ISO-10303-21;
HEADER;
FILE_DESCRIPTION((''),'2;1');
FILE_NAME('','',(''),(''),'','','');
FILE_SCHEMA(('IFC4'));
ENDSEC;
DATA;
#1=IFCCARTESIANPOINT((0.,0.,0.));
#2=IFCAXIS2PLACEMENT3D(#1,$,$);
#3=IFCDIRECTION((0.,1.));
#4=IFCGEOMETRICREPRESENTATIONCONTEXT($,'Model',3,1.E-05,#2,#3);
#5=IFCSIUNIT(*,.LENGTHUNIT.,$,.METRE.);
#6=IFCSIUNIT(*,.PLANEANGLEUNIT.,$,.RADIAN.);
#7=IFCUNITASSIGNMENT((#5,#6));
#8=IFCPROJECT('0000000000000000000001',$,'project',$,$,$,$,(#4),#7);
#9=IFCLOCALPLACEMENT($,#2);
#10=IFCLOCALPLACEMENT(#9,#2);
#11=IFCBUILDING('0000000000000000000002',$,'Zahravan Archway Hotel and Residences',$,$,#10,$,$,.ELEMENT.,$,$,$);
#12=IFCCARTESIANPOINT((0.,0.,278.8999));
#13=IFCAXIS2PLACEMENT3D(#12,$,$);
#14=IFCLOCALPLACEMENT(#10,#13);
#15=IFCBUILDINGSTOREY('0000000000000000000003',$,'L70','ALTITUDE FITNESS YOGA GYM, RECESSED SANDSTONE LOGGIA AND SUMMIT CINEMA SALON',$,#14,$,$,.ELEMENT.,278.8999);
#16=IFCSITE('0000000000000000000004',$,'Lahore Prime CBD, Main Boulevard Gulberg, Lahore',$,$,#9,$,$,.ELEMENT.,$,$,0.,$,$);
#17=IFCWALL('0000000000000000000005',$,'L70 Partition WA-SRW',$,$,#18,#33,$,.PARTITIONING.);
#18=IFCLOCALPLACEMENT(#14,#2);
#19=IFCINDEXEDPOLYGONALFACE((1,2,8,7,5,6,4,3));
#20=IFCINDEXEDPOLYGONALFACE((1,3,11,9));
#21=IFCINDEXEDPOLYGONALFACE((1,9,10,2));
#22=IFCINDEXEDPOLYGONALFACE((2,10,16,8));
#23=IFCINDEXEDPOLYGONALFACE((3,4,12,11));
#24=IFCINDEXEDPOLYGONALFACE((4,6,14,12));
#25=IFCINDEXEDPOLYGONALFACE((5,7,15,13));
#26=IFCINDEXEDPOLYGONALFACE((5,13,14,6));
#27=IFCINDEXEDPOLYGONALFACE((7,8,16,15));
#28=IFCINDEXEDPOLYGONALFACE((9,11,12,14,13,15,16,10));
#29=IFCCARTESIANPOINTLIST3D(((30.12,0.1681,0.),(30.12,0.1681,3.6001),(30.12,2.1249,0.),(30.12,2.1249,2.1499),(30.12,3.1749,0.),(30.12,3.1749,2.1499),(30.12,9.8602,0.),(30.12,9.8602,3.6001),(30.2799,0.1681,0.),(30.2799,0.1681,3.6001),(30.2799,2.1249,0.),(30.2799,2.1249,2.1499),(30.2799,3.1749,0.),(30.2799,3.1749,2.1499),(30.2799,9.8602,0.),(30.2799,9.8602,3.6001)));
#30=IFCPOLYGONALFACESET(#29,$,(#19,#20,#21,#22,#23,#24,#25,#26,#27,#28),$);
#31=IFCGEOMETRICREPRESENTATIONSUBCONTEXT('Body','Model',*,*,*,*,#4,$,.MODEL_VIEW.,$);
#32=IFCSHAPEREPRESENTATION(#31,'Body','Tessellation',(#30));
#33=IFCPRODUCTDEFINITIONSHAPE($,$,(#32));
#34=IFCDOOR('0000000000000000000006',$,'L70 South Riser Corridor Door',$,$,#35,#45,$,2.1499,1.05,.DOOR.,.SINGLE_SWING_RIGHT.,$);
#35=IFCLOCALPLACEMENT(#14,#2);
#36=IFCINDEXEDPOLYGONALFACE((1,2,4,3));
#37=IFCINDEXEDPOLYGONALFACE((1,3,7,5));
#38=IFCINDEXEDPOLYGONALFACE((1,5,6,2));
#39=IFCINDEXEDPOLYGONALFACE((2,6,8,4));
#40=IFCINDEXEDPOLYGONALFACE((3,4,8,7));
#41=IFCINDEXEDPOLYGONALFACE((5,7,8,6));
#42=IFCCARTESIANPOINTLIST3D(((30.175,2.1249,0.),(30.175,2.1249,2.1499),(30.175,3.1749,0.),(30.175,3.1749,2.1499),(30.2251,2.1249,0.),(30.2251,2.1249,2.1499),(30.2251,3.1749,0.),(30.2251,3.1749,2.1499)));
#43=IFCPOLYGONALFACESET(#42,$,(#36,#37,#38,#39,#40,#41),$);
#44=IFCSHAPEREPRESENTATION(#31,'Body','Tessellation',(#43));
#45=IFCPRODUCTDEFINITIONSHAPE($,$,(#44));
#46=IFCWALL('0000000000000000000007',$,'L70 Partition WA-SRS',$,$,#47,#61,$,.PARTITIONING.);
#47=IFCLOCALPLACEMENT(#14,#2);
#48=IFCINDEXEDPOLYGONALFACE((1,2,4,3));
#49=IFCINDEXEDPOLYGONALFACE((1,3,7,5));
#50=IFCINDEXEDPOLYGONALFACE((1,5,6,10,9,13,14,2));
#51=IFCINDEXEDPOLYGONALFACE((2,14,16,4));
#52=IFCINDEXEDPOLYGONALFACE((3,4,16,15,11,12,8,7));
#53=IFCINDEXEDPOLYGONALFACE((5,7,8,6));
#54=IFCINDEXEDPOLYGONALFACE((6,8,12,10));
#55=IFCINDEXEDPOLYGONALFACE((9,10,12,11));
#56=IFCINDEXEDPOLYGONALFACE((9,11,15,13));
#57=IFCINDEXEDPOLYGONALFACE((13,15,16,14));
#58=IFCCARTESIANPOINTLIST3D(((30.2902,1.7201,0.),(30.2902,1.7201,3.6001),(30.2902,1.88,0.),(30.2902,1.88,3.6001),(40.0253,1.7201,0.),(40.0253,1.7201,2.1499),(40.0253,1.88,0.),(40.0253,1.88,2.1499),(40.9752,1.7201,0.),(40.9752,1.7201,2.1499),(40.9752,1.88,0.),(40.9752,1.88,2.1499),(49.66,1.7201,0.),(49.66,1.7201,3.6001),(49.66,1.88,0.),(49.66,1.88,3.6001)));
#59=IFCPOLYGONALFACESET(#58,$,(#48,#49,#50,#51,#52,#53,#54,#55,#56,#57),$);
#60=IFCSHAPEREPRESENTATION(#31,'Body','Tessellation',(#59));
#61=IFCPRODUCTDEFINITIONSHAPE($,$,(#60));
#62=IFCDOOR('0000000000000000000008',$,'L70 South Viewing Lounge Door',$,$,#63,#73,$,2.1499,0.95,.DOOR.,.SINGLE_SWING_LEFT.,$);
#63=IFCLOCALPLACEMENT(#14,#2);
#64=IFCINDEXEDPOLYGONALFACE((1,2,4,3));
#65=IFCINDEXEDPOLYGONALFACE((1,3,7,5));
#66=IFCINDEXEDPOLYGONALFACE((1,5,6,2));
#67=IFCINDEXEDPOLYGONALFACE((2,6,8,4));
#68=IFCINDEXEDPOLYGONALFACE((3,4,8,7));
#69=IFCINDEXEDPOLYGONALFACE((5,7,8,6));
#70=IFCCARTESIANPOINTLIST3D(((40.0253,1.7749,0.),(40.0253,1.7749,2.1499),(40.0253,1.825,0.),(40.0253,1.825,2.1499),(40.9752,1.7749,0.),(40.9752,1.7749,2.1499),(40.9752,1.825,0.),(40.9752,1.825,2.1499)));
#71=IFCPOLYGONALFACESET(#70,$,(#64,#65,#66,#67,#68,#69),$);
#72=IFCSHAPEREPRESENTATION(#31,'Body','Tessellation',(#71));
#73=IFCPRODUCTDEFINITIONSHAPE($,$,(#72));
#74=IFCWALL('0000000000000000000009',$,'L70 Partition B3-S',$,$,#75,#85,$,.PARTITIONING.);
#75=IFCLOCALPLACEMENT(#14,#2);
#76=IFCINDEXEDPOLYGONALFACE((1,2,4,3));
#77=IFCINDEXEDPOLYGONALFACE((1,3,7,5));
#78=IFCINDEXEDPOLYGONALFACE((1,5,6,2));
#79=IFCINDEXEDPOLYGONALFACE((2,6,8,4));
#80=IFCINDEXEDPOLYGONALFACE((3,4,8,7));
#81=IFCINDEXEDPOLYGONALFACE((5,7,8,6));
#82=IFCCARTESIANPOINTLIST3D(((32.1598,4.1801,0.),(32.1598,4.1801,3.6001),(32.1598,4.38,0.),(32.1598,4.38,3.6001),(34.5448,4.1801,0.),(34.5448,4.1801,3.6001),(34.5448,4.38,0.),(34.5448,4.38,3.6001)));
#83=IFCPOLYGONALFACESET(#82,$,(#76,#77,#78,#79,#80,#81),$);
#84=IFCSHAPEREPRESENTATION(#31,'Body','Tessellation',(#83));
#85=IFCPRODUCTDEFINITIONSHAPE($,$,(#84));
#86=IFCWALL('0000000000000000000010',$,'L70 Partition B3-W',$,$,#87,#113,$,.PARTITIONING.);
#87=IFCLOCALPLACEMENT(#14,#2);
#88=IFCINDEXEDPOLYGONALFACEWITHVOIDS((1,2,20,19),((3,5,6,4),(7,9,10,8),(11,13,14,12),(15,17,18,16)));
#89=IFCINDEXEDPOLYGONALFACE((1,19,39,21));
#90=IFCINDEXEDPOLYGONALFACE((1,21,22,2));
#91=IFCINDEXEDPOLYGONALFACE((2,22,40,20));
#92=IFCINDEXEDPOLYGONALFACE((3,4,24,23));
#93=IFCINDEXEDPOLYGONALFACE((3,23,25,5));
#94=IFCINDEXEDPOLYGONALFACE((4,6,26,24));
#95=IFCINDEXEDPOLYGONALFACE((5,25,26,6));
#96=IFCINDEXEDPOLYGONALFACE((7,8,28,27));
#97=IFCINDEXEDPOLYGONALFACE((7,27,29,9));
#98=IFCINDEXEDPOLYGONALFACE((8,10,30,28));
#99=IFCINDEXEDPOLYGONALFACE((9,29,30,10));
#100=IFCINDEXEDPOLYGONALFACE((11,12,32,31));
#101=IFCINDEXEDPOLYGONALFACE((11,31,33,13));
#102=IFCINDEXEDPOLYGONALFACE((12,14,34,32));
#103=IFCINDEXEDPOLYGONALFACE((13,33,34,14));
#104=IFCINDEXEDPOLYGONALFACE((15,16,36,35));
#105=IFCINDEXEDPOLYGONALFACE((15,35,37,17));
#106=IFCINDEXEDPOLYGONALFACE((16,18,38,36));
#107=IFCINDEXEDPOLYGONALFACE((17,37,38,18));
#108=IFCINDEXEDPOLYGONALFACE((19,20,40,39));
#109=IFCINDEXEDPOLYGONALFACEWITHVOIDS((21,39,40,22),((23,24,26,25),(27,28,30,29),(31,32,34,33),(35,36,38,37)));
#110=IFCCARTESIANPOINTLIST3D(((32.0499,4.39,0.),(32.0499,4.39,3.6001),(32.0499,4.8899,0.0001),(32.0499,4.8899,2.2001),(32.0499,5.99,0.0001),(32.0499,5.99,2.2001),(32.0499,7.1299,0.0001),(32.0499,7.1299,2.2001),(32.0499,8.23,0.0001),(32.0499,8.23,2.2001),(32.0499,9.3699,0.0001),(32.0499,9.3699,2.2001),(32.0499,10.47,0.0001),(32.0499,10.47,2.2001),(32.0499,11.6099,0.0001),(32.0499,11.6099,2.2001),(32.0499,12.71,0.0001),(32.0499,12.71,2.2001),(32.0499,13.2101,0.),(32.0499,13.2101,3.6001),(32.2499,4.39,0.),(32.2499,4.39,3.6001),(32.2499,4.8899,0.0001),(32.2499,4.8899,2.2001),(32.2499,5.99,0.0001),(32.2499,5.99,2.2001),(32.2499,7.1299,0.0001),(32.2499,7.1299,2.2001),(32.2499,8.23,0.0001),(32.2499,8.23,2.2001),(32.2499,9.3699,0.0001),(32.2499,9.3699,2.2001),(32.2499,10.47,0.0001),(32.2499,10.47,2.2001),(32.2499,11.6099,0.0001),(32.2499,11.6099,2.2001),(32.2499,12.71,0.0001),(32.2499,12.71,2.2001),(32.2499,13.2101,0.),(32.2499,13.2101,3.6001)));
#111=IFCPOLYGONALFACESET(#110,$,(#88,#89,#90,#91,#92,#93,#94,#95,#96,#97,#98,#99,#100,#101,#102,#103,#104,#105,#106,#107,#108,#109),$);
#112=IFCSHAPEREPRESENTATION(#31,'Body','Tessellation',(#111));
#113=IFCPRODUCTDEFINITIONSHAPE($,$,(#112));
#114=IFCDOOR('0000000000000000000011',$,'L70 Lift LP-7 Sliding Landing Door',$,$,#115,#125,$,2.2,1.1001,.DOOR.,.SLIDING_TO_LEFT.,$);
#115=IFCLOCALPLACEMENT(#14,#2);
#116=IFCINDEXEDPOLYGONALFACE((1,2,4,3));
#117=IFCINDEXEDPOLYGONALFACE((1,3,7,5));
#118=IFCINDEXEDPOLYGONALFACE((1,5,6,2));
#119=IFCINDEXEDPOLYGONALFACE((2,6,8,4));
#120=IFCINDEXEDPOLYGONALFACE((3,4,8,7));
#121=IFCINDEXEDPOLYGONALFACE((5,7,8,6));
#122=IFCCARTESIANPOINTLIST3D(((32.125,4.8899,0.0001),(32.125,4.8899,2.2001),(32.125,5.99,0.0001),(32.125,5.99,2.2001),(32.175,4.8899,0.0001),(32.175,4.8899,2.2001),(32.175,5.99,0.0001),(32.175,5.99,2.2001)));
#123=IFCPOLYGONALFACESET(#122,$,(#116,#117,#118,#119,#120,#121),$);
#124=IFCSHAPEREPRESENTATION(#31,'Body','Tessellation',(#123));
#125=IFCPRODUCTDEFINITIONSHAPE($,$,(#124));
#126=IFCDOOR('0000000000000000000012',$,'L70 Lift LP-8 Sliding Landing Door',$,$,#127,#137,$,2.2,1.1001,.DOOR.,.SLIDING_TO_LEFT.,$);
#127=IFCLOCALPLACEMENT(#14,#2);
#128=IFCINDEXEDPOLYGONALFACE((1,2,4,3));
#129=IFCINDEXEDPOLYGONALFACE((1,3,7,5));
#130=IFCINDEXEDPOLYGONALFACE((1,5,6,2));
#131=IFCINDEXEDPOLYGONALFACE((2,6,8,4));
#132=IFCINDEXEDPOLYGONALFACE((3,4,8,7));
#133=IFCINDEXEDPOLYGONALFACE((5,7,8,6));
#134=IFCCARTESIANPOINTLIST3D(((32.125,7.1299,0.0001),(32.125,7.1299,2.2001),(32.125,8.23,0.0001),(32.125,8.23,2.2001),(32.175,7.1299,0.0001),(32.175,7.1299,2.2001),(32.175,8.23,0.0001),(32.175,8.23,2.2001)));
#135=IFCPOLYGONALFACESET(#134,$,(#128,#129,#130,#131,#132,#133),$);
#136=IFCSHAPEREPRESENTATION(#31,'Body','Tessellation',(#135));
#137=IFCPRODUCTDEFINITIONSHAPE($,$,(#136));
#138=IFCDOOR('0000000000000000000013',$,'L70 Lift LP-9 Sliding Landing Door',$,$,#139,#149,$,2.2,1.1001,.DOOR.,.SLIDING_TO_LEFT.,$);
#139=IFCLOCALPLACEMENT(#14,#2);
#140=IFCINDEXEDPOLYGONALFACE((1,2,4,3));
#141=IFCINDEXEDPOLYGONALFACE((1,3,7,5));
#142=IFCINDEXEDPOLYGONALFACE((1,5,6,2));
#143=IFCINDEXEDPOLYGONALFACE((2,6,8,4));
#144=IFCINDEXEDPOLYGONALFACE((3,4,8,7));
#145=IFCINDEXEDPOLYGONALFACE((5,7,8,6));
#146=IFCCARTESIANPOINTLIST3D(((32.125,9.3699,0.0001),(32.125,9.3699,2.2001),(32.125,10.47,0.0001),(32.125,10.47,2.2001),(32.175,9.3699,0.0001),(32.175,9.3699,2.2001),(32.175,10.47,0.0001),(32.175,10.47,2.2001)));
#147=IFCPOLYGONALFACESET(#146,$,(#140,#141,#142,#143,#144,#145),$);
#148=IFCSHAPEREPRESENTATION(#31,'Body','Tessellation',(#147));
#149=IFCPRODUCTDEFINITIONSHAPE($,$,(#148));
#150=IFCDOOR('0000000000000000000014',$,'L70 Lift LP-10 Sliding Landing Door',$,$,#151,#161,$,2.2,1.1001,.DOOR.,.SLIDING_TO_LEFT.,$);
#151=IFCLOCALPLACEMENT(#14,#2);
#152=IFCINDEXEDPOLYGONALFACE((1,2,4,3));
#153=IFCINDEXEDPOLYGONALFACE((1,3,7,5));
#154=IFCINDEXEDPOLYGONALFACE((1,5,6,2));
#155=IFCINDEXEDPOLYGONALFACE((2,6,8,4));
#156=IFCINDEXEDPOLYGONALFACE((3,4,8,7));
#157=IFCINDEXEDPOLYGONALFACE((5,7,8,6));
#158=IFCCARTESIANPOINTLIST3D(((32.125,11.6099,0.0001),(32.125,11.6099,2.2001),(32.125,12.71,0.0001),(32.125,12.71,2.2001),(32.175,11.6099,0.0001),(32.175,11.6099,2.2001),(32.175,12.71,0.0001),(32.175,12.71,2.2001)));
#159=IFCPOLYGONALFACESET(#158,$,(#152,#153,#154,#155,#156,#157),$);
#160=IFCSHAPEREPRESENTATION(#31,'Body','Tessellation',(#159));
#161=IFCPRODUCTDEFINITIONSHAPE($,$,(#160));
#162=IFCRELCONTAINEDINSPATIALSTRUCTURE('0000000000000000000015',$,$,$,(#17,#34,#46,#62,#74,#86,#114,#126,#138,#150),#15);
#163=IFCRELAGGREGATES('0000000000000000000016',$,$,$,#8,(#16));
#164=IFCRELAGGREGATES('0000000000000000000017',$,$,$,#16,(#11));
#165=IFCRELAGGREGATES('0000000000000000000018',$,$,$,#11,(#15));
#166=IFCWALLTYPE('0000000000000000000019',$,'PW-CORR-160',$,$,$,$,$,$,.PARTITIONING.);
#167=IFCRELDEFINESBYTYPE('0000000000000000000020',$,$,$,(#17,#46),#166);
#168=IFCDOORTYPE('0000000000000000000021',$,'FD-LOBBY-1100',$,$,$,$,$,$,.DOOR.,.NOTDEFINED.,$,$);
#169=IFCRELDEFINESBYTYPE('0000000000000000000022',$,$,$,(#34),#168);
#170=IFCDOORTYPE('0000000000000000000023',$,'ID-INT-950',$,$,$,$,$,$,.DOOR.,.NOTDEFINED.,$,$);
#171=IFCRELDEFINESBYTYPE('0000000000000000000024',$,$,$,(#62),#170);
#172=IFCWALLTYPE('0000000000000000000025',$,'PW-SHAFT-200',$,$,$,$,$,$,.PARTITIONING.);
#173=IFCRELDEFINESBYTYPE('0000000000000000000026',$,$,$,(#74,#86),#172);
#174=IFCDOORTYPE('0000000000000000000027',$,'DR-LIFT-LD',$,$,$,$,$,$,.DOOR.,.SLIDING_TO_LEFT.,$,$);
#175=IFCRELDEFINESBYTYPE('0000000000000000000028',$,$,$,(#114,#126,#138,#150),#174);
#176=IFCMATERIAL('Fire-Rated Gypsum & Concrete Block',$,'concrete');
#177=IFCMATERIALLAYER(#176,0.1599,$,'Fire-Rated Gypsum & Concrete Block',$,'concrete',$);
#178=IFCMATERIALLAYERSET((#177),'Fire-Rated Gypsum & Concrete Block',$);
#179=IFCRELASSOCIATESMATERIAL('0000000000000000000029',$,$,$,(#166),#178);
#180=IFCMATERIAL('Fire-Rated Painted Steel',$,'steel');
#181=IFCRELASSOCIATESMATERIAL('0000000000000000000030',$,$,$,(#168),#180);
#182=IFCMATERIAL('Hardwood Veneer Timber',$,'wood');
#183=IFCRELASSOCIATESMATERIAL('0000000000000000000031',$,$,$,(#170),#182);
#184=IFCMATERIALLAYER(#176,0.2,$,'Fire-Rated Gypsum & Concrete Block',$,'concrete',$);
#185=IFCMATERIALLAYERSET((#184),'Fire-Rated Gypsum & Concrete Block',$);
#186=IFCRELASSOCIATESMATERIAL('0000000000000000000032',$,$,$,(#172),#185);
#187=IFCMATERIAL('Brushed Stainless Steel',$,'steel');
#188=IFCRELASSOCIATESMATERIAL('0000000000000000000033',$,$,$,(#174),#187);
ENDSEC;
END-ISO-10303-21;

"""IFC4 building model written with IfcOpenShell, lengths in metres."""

from ifc_helpers import new_model, si_unit, direction, frame, frame_2d, origin, place, context, subcontext, project, spatial, rectangle, extrude, source, transform, mapped, material, layer, layer_set, type_object, type_shapes, element, fill, save


model = new_model("IFC4")

# Units and contexts
model_context = context("Model", 3, precision=1e-05, world=origin(), true_north=direction((0.0, 1.0)))
body_context = subcontext(model_context, "Body", "Model", "MODEL_VIEW")
ifc_project = project(units=[si_unit("LENGTHUNIT", "METRE"), si_unit("PLANEANGLEUNIT", "RADIAN")], contexts=[model_context])

# Site, building, storey
site_placement = place(None, origin())
site = spatial("IfcSite", under=ifc_project, at=site_placement, Name="Lahore Prime CBD, Main Boulevard Gulberg, Lahore", CompositionType="ELEMENT", RefElevation=0.0)
building_placement = place(site_placement, origin())
building = spatial("IfcBuilding", under=site, at=building_placement, Name="Zahravan Archway Hotel and Residences", CompositionType="ELEMENT")
storey_placement = place(building_placement, frame((0.0, 0.0, 278.8999)))
storey = spatial("IfcBuildingStorey", under=building, at=storey_placement, Name="L70", Description="ALTITUDE FITNESS YOGA GYM, RECESSED SANDSTONE LOGGIA AND SUMMIT CINEMA SALON", CompositionType="ELEMENT", Elevation=278.8999)

# Walls, openings, doors
ifc_material_1 = material(Name="Fire-Rated Gypsum & Concrete Block", Category="concrete")
ifc_layer_1 = layer(ifc_material_1, 0.1599, Name="Fire-Rated Gypsum & Concrete Block", Category="concrete")
ifc_layer_set_1 = layer_set([ifc_layer_1], Name="Fire-Rated Gypsum & Concrete Block")
wall_type_1 = type_object("IfcWallType", Name="PW-CORR-160", PredefinedType="PARTITIONING", material=ifc_layer_set_1)
wall_1_placement = place(storey_placement, frame((30.2, 0.168, 0.0), z_axis=(0.0, 0.0, 1.0), x_axis=(0.0, 1.0, 0.0)))
wall_1 = element("IfcWall", 1, at=wall_1_placement, inside=storey, type_object=wall_type_1, Name="L70 Partition WA-SRW", PredefinedType="PARTITIONING", context=body_context, shape_type="SweptSolid", body=[
    extrude(rectangle(XDim=9.6921, YDim=0.1599, at=frame_2d((4.8462, 0.0))), origin(), (0.0, 0.0, 1.0), 3.6001),
])
opening_1_placement = place(wall_1_placement, frame((1.957, 0.0, 0.0)))
opening_1 = element("IfcOpeningElement", 2, at=opening_1_placement, cuts=wall_1, PredefinedType="OPENING", context=body_context, shape_type="SweptSolid", body=[
    extrude(rectangle(XDim=1.05, YDim=2.1499, at=frame_2d((0.5249, 1.075))), frame((0.0, 0.0898, 0.0), z_axis=(0.0, -1.0, 0.0), x_axis=(1.0, 0.0, 0.0)), (0.0, 0.0, 1.0), 0.1799),
])
ifc_material_2 = material(Name="Fire-Rated Painted Steel", Category="steel")
door_type_1 = type_object("IfcDoorType", Name="FD-LOBBY-1100", OperationType="NOTDEFINED", PredefinedType="DOOR", material=ifc_material_2)
shared_shape_1 = source(origin(), body_context, "Body", "SweptSolid", [
    extrude(rectangle(XDim=1.05, YDim=2.1499, at=frame_2d((0.5249, 1.075))), frame((0.0, 0.0249, 0.0), z_axis=(0.0, -1.0, 0.0), x_axis=(1.0, 0.0, 0.0)), (0.0, 0.0, 1.0), 0.05),
])
type_shapes(door_type_1, [shared_shape_1])
door_1_placement = place(opening_1_placement, origin())
door_1 = element("IfcDoor", 3, at=door_1_placement, inside=storey, type_object=door_type_1, Name="L70 South Riser Corridor Door", OperationType="SINGLE_SWING_RIGHT", OverallHeight=2.1499, OverallWidth=1.05, PredefinedType="DOOR", context=body_context, shape_type="MappedRepresentation", body=[
    mapped(shared_shape_1, transform((0.0, 0.0, 0.0), scale=1.0)),
])
fill(opening_1, door_1)
wall_2_placement = place(storey_placement, frame((30.29, 1.8, 0.0), z_axis=(0.0, 0.0, 1.0), x_axis=(1.0, 0.0, 0.0)))
wall_2 = element("IfcWall", 4, at=wall_2_placement, inside=storey, type_object=wall_type_1, Name="L70 Partition WA-SRS", PredefinedType="PARTITIONING", context=body_context, shape_type="SweptSolid", body=[
    extrude(rectangle(XDim=19.3699, YDim=0.1599, at=frame_2d((9.6851, 0.0))), origin(), (0.0, 0.0, 1.0), 3.6001),
])
opening_2_placement = place(wall_2_placement, frame((9.7351, 0.0, 0.0)))
opening_2 = element("IfcOpeningElement", 5, at=opening_2_placement, cuts=wall_2, PredefinedType="OPENING", context=body_context, shape_type="SweptSolid", body=[
    extrude(rectangle(XDim=0.95, YDim=2.1499, at=frame_2d((0.4751, 1.075))), frame((0.0, 0.0898, 0.0), z_axis=(0.0, -1.0, 0.0), x_axis=(1.0, 0.0, 0.0)), (0.0, 0.0, 1.0), 0.1799),
])
ifc_material_3 = material(Name="Hardwood Veneer Timber", Category="wood")
door_type_2 = type_object("IfcDoorType", Name="ID-INT-950", OperationType="NOTDEFINED", PredefinedType="DOOR", material=ifc_material_3)
shared_shape_2 = source(origin(), body_context, "Body", "SweptSolid", [
    extrude(rectangle(XDim=0.95, YDim=2.1499, at=frame_2d((0.4751, 1.075))), frame((0.0, 0.0249, 0.0), z_axis=(0.0, -1.0, 0.0), x_axis=(1.0, 0.0, 0.0)), (0.0, 0.0, 1.0), 0.05),
])
type_shapes(door_type_2, [shared_shape_2])
door_2_placement = place(opening_2_placement, origin())
door_2 = element("IfcDoor", 6, at=door_2_placement, inside=storey, type_object=door_type_2, Name="L70 South Viewing Lounge Door", OperationType="SINGLE_SWING_LEFT", OverallHeight=2.1499, OverallWidth=0.95, PredefinedType="DOOR", context=body_context, shape_type="MappedRepresentation", body=[
    mapped(shared_shape_2, transform((0.0, 0.0, 0.0), scale=1.0)),
])
fill(opening_2, door_2)

# Wall
ifc_layer_2 = layer(ifc_material_1, 0.2, Name="Fire-Rated Gypsum & Concrete Block", Category="concrete")
ifc_layer_set_2 = layer_set([ifc_layer_2], Name="Fire-Rated Gypsum & Concrete Block")
wall_type_2 = type_object("IfcWallType", Name="PW-SHAFT-200", PredefinedType="PARTITIONING", material=ifc_layer_set_2)
wall_3_placement = place(storey_placement, frame((32.1599, 4.28, 0.0), z_axis=(0.0, 0.0, 1.0), x_axis=(1.0, 0.0, 0.0)))
element("IfcWall", 7, at=wall_3_placement, inside=storey, type_object=wall_type_2, Name="L70 Partition B3-S", PredefinedType="PARTITIONING", context=body_context, shape_type="SweptSolid", body=[
    extrude(rectangle(XDim=2.385, YDim=0.2, at=frame_2d((1.1924, 0.0))), origin(), (0.0, 0.0, 1.0), 3.6001),
])

# Wall, openings, doors
wall_4_placement = place(storey_placement, frame((32.1499, 4.3899, 0.0), z_axis=(0.0, 0.0, 1.0), x_axis=(0.0, 1.0, 0.0)))
wall_4 = element("IfcWall", 8, at=wall_4_placement, inside=storey, type_object=wall_type_2, Name="L70 Partition B3-W", PredefinedType="PARTITIONING", context=body_context, shape_type="SweptSolid", body=[
    extrude(rectangle(XDim=8.8201, YDim=0.2, at=frame_2d((4.4102, 0.0))), origin(), (0.0, 0.0, 1.0), 3.6001),
])
opening_3_placement = place(wall_4_placement, frame((0.5, 0.0, 0.0)))
opening_3 = element("IfcOpeningElement", 9, at=opening_3_placement, cuts=wall_4, PredefinedType="OPENING", context=body_context, shape_type="SweptSolid", body=[
    extrude(rectangle(XDim=1.1001, YDim=2.2, at=frame_2d((0.55, 1.1001))), frame((0.0, 0.1099, 0.0), z_axis=(0.0, -1.0, 0.0), x_axis=(1.0, 0.0, 0.0)), (0.0, 0.0, 1.0), 0.22),
])
opening_4_placement = place(wall_4_placement, frame((2.74, 0.0, 0.0)))
opening_4 = element("IfcOpeningElement", 10, at=opening_4_placement, cuts=wall_4, PredefinedType="OPENING", context=body_context, shape_type="SweptSolid", body=[
    extrude(rectangle(XDim=1.1001, YDim=2.2, at=frame_2d((0.55, 1.1001))), frame((0.0, 0.1099, 0.0), z_axis=(0.0, -1.0, 0.0), x_axis=(1.0, 0.0, 0.0)), (0.0, 0.0, 1.0), 0.22),
])
opening_5_placement = place(wall_4_placement, frame((4.98, 0.0, 0.0)))
opening_5 = element("IfcOpeningElement", 11, at=opening_5_placement, cuts=wall_4, PredefinedType="OPENING", context=body_context, shape_type="SweptSolid", body=[
    extrude(rectangle(XDim=1.1001, YDim=2.2, at=frame_2d((0.55, 1.1001))), frame((0.0, 0.1099, 0.0), z_axis=(0.0, -1.0, 0.0), x_axis=(1.0, 0.0, 0.0)), (0.0, 0.0, 1.0), 0.22),
])
opening_6_placement = place(wall_4_placement, frame((7.22, 0.0, 0.0)))
opening_6 = element("IfcOpeningElement", 12, at=opening_6_placement, cuts=wall_4, PredefinedType="OPENING", context=body_context, shape_type="SweptSolid", body=[
    extrude(rectangle(XDim=1.1001, YDim=2.2, at=frame_2d((0.55, 1.1001))), frame((0.0, 0.1099, 0.0), z_axis=(0.0, -1.0, 0.0), x_axis=(1.0, 0.0, 0.0)), (0.0, 0.0, 1.0), 0.22),
])
ifc_material_4 = material(Name="Brushed Stainless Steel", Category="steel")
door_type_3 = type_object("IfcDoorType", Name="DR-LIFT-LD", OperationType="SLIDING_TO_LEFT", PredefinedType="DOOR", material=ifc_material_4)
shared_shape_3 = source(origin(), body_context, "Body", "SweptSolid", [
    extrude(rectangle(XDim=1.1001, YDim=2.2, at=frame_2d((0.55, 1.1001))), frame((0.0, 0.0249, 0.0), z_axis=(0.0, -1.0, 0.0), x_axis=(1.0, 0.0, 0.0)), (0.0, 0.0, 1.0), 0.05),
])
type_shapes(door_type_3, [shared_shape_3])
door_3_placement = place(opening_3_placement, origin())
door_3 = element("IfcDoor", 13, at=door_3_placement, inside=storey, type_object=door_type_3, Name="L70 Lift LP-7 Sliding Landing Door", OperationType="SLIDING_TO_LEFT", OverallHeight=2.2, OverallWidth=1.1001, PredefinedType="DOOR", context=body_context, shape_type="MappedRepresentation", body=[
    mapped(shared_shape_3, transform((0.0, 0.0, 0.0), scale=1.0)),
])
fill(opening_3, door_3)
door_4_placement = place(opening_4_placement, origin())
door_4 = element("IfcDoor", 14, at=door_4_placement, inside=storey, type_object=door_type_3, Name="L70 Lift LP-8 Sliding Landing Door", OperationType="SLIDING_TO_LEFT", OverallHeight=2.2, OverallWidth=1.1001, PredefinedType="DOOR", context=body_context, shape_type="MappedRepresentation", body=[
    mapped(shared_shape_3, transform((0.0, 0.0, 0.0), scale=1.0)),
])
fill(opening_4, door_4)
door_5_placement = place(opening_5_placement, origin())
door_5 = element("IfcDoor", 15, at=door_5_placement, inside=storey, type_object=door_type_3, Name="L70 Lift LP-9 Sliding Landing Door", OperationType="SLIDING_TO_LEFT", OverallHeight=2.2, OverallWidth=1.1001, PredefinedType="DOOR", context=body_context, shape_type="MappedRepresentation", body=[
    mapped(shared_shape_3, transform((0.0, 0.0, 0.0), scale=1.0)),
])
fill(opening_5, door_5)
door_6_placement = place(opening_6_placement, origin())
door_6 = element("IfcDoor", 16, at=door_6_placement, inside=storey, type_object=door_type_3, Name="L70 Lift LP-10 Sliding Landing Door", OperationType="SLIDING_TO_LEFT", OverallHeight=2.2, OverallWidth=1.1001, PredefinedType="DOOR", context=body_context, shape_type="MappedRepresentation", body=[
    mapped(shared_shape_3, transform((0.0, 0.0, 0.0), scale=1.0)),
])
fill(opening_6, door_6)

save(model, "model.ifc")
